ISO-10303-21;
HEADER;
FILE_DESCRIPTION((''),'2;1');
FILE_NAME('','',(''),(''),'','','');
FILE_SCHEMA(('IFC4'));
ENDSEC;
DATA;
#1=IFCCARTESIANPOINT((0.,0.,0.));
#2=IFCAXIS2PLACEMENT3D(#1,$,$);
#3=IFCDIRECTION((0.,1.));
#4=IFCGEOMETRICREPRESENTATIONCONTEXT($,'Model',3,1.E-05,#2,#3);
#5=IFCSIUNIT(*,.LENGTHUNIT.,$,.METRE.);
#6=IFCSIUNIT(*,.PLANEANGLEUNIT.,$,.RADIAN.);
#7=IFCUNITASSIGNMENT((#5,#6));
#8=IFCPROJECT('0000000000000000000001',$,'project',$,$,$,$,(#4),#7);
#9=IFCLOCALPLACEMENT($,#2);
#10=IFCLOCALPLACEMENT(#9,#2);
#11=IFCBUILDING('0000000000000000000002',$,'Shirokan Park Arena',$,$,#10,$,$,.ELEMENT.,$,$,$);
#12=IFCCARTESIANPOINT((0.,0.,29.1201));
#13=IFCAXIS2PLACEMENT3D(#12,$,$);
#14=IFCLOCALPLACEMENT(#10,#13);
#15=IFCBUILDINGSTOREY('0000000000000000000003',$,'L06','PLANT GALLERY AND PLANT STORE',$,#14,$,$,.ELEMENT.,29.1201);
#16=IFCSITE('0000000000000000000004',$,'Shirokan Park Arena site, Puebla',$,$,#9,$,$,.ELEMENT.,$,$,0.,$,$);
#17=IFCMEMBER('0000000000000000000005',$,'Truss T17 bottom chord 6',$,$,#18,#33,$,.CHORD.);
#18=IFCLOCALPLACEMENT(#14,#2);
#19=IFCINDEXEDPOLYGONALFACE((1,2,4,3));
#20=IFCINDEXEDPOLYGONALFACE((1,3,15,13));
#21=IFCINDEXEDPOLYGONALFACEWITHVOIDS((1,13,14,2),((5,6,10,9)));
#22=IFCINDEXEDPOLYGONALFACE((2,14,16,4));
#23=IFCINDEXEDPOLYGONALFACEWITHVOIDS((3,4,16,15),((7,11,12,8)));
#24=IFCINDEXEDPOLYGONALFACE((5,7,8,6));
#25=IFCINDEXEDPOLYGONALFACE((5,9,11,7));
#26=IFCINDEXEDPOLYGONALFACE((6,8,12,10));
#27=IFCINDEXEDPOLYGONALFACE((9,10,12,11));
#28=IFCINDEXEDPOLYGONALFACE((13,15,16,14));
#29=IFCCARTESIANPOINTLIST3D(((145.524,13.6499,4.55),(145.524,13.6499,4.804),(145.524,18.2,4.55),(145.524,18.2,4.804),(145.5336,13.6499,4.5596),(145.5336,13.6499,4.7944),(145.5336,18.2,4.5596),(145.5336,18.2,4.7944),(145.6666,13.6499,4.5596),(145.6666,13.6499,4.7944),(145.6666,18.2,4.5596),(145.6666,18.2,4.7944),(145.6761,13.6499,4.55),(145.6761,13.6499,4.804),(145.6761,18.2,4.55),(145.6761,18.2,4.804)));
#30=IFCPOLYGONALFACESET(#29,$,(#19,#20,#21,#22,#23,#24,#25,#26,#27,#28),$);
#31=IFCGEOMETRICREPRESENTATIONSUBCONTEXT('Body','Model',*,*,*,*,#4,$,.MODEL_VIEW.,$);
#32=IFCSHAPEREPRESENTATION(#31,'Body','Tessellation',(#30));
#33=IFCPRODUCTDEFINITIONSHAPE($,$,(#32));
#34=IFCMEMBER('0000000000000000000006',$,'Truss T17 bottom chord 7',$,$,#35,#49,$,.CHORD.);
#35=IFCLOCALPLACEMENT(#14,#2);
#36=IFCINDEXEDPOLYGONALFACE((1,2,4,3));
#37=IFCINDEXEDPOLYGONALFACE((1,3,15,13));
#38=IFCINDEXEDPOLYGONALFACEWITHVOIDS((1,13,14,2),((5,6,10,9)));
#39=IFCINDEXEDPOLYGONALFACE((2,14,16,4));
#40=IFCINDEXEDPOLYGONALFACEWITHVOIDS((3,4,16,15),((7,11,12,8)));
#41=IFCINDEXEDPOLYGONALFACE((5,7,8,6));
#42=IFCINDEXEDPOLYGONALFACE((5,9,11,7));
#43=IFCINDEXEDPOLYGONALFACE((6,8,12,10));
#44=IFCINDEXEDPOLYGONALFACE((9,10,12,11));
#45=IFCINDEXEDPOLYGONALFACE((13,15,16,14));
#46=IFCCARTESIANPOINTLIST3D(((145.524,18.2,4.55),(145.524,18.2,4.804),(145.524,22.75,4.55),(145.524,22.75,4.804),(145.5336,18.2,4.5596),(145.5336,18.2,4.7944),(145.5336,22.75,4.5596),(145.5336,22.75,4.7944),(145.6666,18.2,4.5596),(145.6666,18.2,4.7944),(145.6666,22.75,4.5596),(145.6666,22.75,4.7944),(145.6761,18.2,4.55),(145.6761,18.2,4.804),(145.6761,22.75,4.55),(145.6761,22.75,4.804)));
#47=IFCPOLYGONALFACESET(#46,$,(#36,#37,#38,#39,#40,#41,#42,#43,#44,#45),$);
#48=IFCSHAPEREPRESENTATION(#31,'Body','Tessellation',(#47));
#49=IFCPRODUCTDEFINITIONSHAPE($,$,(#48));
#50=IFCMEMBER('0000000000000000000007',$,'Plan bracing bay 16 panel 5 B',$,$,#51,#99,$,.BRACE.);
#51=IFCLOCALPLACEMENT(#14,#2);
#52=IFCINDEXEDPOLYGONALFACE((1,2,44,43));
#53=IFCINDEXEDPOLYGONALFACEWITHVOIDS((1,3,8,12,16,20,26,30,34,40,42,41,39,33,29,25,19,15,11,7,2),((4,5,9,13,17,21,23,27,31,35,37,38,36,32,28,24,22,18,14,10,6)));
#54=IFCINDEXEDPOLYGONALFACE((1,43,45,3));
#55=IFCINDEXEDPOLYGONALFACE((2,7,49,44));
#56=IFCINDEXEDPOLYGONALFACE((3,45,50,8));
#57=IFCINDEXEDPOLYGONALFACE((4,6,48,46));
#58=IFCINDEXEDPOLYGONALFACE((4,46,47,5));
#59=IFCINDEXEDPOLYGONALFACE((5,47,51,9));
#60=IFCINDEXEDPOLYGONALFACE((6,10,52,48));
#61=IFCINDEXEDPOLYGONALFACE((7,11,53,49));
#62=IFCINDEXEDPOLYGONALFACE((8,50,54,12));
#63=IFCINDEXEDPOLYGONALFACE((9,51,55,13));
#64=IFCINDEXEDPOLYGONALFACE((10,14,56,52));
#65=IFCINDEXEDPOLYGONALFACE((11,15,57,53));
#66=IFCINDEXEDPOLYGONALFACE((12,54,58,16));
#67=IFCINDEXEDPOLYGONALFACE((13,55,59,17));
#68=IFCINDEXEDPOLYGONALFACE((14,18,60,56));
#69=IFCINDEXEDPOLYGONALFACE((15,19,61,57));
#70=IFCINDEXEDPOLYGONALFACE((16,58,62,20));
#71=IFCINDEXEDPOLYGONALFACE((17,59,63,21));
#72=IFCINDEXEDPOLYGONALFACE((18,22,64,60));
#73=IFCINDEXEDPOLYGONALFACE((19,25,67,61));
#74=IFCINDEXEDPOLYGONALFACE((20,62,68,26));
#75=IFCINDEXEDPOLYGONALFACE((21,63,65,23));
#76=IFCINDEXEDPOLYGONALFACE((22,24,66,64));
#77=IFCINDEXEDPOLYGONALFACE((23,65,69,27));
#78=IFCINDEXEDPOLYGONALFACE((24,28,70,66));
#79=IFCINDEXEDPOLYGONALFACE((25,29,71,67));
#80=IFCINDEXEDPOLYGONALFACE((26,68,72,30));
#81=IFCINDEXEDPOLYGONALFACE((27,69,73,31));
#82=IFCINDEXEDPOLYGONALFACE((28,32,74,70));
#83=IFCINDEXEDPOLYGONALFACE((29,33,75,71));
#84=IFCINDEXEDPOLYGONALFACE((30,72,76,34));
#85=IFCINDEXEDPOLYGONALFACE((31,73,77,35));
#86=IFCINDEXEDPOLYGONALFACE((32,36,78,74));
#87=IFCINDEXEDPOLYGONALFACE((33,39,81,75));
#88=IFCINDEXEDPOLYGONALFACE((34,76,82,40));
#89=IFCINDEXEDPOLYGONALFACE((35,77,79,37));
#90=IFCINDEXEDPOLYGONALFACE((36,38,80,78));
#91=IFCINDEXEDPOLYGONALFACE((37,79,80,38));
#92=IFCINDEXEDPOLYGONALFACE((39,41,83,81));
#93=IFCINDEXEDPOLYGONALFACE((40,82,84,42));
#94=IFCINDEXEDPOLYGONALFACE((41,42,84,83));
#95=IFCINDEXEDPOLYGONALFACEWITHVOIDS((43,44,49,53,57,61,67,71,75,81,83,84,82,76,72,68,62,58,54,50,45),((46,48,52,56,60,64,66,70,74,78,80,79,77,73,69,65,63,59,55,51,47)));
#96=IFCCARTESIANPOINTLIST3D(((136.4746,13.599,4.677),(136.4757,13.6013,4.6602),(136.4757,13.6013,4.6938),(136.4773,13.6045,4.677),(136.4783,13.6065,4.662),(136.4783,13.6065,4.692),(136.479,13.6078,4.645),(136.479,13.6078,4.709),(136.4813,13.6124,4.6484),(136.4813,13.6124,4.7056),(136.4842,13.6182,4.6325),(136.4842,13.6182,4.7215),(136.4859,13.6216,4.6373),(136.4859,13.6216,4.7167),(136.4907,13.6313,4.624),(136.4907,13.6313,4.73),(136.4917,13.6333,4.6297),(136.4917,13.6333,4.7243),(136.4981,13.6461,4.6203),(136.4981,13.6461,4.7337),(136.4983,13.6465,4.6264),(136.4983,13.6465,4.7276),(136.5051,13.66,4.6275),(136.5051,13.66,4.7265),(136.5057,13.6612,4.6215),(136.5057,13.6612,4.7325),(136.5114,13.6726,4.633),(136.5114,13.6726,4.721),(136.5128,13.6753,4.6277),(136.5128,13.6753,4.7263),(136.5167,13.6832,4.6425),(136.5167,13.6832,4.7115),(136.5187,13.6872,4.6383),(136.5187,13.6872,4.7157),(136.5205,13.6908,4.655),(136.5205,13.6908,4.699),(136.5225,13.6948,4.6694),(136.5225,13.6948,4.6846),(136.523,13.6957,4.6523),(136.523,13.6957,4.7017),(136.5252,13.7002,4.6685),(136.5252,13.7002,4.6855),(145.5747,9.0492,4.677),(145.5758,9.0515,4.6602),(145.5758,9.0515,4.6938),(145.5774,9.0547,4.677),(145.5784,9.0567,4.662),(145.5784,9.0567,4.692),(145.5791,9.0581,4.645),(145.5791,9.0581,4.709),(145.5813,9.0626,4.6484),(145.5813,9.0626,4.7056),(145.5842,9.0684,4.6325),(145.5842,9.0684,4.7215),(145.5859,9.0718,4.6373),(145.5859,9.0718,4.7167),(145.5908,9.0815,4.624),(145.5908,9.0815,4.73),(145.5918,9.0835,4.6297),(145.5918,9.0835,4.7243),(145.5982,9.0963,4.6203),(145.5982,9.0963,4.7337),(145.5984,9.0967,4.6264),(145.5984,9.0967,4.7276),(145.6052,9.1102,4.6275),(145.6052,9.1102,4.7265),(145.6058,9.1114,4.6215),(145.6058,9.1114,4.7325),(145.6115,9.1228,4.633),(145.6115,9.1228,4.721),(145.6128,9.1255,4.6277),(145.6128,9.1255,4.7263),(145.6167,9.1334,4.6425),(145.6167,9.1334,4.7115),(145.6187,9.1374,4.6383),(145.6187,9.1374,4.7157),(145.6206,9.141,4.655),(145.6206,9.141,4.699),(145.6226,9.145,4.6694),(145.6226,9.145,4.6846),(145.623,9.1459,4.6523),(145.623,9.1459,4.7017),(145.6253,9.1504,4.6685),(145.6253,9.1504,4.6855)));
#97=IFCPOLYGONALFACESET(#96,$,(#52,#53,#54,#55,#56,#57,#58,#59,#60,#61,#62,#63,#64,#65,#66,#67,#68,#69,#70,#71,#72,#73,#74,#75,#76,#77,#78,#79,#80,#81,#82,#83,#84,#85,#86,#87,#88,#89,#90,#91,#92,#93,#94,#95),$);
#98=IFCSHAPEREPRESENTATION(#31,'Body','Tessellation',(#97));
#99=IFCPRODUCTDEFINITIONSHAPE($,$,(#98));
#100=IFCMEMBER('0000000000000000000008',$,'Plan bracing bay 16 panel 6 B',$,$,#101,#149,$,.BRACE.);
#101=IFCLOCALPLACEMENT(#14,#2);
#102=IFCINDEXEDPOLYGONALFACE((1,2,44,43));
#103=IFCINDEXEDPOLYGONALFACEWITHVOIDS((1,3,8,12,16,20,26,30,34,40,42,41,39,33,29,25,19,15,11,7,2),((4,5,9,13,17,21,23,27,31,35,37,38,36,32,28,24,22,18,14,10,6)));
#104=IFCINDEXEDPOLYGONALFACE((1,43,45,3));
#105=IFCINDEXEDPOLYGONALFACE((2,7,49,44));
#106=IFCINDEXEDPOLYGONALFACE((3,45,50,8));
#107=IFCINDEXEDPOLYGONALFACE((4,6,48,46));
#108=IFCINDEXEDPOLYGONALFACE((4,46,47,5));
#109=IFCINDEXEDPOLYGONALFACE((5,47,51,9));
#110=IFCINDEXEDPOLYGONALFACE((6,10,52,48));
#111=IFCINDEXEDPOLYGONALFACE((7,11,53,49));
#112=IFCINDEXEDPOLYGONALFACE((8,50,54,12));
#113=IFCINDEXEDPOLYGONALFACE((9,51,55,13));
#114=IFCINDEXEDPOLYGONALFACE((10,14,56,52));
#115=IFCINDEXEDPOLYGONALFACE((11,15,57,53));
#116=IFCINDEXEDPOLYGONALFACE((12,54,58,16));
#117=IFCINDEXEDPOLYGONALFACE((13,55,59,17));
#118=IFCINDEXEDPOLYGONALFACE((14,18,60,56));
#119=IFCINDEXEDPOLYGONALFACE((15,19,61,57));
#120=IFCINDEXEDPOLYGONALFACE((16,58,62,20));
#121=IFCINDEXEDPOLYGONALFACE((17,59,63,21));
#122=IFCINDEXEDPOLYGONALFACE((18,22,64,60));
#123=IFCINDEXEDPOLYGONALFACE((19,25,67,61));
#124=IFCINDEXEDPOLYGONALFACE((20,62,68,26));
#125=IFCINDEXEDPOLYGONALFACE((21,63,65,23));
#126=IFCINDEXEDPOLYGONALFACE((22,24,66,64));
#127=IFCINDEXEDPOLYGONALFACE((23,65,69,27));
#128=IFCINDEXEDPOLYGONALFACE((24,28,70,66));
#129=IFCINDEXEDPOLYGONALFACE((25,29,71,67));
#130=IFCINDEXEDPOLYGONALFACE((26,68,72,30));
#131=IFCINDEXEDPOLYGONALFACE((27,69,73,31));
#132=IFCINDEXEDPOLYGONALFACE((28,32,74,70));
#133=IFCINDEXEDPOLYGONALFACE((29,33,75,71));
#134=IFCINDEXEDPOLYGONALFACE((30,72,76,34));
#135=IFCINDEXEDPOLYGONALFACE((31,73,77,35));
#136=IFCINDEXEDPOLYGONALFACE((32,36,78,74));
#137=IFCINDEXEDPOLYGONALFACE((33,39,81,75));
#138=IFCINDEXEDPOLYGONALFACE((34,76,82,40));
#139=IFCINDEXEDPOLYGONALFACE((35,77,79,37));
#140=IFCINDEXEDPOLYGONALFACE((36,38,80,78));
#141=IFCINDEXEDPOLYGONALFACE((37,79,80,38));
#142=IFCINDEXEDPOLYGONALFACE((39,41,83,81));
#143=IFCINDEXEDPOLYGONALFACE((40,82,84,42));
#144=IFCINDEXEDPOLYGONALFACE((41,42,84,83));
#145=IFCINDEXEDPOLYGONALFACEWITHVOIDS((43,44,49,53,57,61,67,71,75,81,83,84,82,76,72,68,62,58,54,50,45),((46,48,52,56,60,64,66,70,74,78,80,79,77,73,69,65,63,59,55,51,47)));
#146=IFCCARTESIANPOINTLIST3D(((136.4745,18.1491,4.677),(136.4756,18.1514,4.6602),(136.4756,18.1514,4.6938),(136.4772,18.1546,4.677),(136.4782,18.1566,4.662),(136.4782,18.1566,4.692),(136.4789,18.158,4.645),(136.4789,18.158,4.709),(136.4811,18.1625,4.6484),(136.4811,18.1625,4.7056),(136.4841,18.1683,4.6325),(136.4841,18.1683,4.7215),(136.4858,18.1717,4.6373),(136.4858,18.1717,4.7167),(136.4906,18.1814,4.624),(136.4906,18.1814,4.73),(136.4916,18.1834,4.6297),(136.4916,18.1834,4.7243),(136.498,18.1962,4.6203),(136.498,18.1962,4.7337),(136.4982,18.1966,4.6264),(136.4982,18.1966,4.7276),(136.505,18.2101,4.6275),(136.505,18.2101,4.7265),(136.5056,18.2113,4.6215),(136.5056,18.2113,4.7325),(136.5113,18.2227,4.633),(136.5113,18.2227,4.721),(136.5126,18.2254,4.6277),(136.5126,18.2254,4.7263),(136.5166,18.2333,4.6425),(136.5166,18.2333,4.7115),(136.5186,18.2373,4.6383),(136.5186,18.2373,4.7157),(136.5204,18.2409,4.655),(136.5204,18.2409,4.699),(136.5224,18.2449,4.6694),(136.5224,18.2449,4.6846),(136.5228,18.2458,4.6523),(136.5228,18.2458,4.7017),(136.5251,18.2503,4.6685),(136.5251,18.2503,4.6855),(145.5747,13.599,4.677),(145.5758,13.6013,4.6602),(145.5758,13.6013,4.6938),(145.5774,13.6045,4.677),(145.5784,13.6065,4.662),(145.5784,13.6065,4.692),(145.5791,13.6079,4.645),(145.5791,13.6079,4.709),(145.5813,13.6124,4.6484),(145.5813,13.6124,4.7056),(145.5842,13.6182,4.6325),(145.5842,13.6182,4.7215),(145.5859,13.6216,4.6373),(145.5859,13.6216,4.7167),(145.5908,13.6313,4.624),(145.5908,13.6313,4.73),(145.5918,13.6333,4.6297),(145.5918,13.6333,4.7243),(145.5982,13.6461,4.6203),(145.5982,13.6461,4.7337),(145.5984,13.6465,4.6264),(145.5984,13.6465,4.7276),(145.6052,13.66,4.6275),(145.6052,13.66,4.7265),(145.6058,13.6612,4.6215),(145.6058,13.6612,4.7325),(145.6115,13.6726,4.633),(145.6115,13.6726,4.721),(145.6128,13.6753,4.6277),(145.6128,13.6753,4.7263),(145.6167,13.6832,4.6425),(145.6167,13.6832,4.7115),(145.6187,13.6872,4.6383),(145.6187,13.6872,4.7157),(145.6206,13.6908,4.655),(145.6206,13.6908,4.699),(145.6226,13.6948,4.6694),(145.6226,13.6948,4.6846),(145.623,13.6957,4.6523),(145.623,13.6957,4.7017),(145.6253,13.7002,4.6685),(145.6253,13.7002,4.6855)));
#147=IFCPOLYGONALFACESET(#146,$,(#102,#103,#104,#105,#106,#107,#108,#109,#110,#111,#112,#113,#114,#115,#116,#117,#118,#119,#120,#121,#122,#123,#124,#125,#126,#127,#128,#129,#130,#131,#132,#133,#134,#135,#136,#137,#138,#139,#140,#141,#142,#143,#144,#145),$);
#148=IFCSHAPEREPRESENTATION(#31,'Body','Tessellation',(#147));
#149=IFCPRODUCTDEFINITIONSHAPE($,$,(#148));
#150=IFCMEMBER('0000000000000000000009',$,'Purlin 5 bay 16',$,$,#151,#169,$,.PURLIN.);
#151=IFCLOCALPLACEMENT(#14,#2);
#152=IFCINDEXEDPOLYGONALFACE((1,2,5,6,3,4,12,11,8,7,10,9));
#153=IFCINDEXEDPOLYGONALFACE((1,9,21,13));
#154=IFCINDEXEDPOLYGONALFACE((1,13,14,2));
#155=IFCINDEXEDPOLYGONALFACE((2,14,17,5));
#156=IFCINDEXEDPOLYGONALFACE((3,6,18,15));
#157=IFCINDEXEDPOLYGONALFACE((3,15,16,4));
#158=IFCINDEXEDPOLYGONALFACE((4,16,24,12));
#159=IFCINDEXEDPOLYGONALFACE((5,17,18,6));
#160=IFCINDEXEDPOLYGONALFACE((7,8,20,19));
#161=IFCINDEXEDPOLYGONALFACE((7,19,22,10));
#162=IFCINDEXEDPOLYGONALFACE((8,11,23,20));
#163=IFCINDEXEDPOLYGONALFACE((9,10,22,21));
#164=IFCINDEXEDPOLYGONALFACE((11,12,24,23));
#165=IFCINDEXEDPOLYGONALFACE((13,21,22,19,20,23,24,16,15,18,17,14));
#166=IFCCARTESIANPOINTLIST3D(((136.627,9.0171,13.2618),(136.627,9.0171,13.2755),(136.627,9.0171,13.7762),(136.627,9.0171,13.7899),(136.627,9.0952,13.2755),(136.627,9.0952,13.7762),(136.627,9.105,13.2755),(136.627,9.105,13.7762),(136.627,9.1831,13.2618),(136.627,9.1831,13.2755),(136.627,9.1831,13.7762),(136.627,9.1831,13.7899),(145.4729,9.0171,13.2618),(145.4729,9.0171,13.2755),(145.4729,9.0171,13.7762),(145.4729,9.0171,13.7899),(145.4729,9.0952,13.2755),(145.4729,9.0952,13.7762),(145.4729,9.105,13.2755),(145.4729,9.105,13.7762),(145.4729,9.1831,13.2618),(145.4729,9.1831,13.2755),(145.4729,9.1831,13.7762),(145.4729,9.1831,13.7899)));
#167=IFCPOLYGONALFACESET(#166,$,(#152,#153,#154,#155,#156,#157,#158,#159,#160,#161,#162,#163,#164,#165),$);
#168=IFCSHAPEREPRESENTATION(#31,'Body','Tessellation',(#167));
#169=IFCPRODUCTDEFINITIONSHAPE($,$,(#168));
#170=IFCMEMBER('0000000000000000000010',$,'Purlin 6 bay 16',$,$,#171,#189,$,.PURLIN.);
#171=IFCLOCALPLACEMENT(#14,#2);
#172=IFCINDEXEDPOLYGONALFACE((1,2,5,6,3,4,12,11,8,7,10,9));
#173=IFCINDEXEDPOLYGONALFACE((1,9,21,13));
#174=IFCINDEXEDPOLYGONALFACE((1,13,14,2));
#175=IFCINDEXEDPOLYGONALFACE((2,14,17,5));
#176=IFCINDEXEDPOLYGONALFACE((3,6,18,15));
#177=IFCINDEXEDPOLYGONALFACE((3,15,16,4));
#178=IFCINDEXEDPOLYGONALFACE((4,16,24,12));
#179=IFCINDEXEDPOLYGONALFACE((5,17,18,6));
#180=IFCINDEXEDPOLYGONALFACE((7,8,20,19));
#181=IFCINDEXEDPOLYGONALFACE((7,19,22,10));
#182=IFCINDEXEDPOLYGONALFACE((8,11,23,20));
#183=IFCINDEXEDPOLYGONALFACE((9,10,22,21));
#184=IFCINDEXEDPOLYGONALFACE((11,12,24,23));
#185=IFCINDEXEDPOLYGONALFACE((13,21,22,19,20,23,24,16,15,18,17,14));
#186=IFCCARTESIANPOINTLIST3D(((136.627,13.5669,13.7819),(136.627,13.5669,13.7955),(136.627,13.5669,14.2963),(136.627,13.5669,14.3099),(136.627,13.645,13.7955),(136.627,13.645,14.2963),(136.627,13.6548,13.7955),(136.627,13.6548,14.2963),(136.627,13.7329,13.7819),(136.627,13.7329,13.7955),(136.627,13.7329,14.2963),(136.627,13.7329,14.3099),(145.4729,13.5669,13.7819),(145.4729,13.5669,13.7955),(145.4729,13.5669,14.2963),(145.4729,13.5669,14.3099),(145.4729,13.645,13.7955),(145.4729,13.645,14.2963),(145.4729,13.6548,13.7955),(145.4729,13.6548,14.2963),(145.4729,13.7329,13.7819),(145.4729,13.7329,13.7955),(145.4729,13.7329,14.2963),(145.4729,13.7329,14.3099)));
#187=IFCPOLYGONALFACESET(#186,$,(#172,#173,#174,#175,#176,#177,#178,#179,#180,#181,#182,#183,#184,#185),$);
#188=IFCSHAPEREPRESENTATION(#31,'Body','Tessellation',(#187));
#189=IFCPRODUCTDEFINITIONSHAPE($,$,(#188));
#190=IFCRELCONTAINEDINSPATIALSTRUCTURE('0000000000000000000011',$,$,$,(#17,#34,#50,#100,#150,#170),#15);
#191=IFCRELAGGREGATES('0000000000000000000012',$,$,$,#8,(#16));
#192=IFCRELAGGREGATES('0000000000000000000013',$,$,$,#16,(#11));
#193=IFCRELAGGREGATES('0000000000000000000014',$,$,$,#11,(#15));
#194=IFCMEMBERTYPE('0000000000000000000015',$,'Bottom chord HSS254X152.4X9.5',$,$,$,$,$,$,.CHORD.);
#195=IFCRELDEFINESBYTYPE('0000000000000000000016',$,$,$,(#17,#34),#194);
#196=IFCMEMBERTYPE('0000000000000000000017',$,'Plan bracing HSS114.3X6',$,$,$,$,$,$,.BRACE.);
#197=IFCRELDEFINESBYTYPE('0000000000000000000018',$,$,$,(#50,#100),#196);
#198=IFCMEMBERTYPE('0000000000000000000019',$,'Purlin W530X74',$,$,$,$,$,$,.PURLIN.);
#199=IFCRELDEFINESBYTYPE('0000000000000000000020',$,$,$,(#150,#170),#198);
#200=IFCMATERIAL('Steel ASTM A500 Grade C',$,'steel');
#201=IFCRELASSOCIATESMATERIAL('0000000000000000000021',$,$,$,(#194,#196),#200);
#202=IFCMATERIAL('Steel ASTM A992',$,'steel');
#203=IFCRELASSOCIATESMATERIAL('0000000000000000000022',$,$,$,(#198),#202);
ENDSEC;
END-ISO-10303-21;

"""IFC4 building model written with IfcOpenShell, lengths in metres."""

from ifc_helpers import new_model, si_unit, direction, frame, origin, origin_2d, place, context, subcontext, project, spatial, hollow_rectangle, hollow_circle, i_section, extrude, material, material_profile, profile_set, type_object, element, save


model = new_model("IFC4")

# Units and contexts
model_context = context("Model", 3, precision=1e-05, world=origin(), true_north=direction((0.0, 1.0)))
body_context = subcontext(model_context, "Body", "Model", "MODEL_VIEW")
ifc_project = project(units=[si_unit("LENGTHUNIT", "METRE"), si_unit("PLANEANGLEUNIT", "RADIAN")], contexts=[model_context])

# Site, building, storey
site_placement = place(None, origin())
site = spatial("IfcSite", under=ifc_project, at=site_placement, Name="Shirokan Park Arena site, Puebla", CompositionType="ELEMENT", RefElevation=0.0)
building_placement = place(site_placement, origin())
building = spatial("IfcBuilding", under=site, at=building_placement, Name="Shirokan Park Arena", CompositionType="ELEMENT")
storey_placement = place(building_placement, frame((0.0, 0.0, 29.1201)))
storey = spatial("IfcBuildingStorey", under=building, at=storey_placement, Name="L06", Description="PLANT GALLERY AND PLANT STORE", CompositionType="ELEMENT", Elevation=29.1201)

# Members
ifc_material_1 = material(Name="Steel ASTM A500 Grade C", Category="steel")
ifc_material_profile_1 = material_profile(ifc_material_1, hollow_rectangle(XDim=0.1521, YDim=0.2539, WallThickness=0.0095, at=origin_2d()), Name="HSS254X152.4X9.5")
ifc_profile_set_1 = profile_set([ifc_material_profile_1], Name="Steel ASTM A500 Grade C")
member_type_1 = type_object("IfcMemberType", Name="Bottom chord HSS254X152.4X9.5", PredefinedType="CHORD", material=ifc_profile_set_1)
for number, where, z_axis, x_axis, name in (
    (1, (145.6001, 13.6499, 4.677), (0.0, 1.0, 0.0), (-1.0, 0.0, 0.0), "Truss T17 bottom chord 6"),
    (2, (145.6001, 18.2, 4.677), (0.0, 1.0, 0.0), (-1.0, 0.0, 0.0), "Truss T17 bottom chord 7"),
):
    element("IfcMember", number, at=place(storey_placement, frame(where, z_axis=z_axis, x_axis=x_axis)), inside=storey, type_object=member_type_1, Name=name, PredefinedType="CHORD", context=body_context, shape_type="SweptSolid", body=[
        extrude(hollow_rectangle(XDim=0.1521, YDim=0.2539, WallThickness=0.0095, at=origin_2d()), origin(), (0.0, 0.0, 1.0), 4.55),
    ])
ifc_material_profile_2 = material_profile(ifc_material_1, hollow_circle(Radius=0.0569, WallThickness=0.0061, at=origin_2d()), Name="HSS114.3X6")
ifc_profile_set_2 = profile_set([ifc_material_profile_2], Name="Steel ASTM A500 Grade C")
member_type_2 = type_object("IfcMemberType", Name="Plan bracing HSS114.3X6", PredefinedType="BRACE", material=ifc_profile_set_2)
member_1_placement = place(storey_placement, frame((145.6001, 9.1001, 4.677), z_axis=(-0.894437, 0.447194, 0.0), x_axis=(-0.447194, -0.894437, 0.0)))
element("IfcMember", 3, at=member_1_placement, inside=storey, type_object=member_type_2, Name="Plan bracing bay 16 panel 5 B", PredefinedType="BRACE", context=body_context, shape_type="SweptSolid", body=[
    extrude(hollow_circle(Radius=0.0569, WallThickness=0.0061, at=origin_2d()), origin(), (0.0, 0.0, 1.0), 10.1741),
])
member_2_placement = place(storey_placement, frame((145.6001, 13.6499, 4.677), z_axis=(-0.894427, 0.447214, 0.0), x_axis=(-0.447214, -0.894427, 0.0)))
element("IfcMember", 4, at=member_2_placement, inside=storey, type_object=member_type_2, Name="Plan bracing bay 16 panel 6 B", PredefinedType="BRACE", context=body_context, shape_type="SweptSolid", body=[
    extrude(hollow_circle(Radius=0.0569, WallThickness=0.0061, at=origin_2d()), origin(), (0.0, 0.0, 1.0), 10.1743),
])
ifc_material_2 = material(Name="Steel ASTM A992", Category="steel")
ifc_material_profile_3 = material_profile(ifc_material_2, i_section(OverallWidth=0.166, OverallDepth=0.5281, WebThickness=0.0098, FlangeThickness=0.0137, at=origin_2d()), Name="W530X74")
ifc_profile_set_3 = profile_set([ifc_material_profile_3], Name="Steel ASTM A992")
member_type_3 = type_object("IfcMemberType", Name="Purlin W530X74", PredefinedType="PURLIN", material=ifc_profile_set_3)
for number, where, z_axis, x_axis, name in (
    (5, (136.627, 9.1001, 13.5259), (1.0, 0.0, 0.0), (0.0, 1.0, 0.0), "Purlin 5 bay 16"),
    (6, (136.627, 13.6499, 14.0459), (1.0, 0.0, 0.0), (0.0, 1.0, 0.0), "Purlin 6 bay 16"),
):
    element("IfcMember", number, at=place(storey_placement, frame(where, z_axis=z_axis, x_axis=x_axis)), inside=storey, type_object=member_type_3, Name=name, PredefinedType="PURLIN", context=body_context, shape_type="SweptSolid", body=[
        extrude(i_section(OverallWidth=0.166, OverallDepth=0.5281, WebThickness=0.0098, FlangeThickness=0.0137, at=origin_2d()), origin(), (0.0, 0.0, 1.0), 8.8459),
    ])

save(model, "model.ifc")
